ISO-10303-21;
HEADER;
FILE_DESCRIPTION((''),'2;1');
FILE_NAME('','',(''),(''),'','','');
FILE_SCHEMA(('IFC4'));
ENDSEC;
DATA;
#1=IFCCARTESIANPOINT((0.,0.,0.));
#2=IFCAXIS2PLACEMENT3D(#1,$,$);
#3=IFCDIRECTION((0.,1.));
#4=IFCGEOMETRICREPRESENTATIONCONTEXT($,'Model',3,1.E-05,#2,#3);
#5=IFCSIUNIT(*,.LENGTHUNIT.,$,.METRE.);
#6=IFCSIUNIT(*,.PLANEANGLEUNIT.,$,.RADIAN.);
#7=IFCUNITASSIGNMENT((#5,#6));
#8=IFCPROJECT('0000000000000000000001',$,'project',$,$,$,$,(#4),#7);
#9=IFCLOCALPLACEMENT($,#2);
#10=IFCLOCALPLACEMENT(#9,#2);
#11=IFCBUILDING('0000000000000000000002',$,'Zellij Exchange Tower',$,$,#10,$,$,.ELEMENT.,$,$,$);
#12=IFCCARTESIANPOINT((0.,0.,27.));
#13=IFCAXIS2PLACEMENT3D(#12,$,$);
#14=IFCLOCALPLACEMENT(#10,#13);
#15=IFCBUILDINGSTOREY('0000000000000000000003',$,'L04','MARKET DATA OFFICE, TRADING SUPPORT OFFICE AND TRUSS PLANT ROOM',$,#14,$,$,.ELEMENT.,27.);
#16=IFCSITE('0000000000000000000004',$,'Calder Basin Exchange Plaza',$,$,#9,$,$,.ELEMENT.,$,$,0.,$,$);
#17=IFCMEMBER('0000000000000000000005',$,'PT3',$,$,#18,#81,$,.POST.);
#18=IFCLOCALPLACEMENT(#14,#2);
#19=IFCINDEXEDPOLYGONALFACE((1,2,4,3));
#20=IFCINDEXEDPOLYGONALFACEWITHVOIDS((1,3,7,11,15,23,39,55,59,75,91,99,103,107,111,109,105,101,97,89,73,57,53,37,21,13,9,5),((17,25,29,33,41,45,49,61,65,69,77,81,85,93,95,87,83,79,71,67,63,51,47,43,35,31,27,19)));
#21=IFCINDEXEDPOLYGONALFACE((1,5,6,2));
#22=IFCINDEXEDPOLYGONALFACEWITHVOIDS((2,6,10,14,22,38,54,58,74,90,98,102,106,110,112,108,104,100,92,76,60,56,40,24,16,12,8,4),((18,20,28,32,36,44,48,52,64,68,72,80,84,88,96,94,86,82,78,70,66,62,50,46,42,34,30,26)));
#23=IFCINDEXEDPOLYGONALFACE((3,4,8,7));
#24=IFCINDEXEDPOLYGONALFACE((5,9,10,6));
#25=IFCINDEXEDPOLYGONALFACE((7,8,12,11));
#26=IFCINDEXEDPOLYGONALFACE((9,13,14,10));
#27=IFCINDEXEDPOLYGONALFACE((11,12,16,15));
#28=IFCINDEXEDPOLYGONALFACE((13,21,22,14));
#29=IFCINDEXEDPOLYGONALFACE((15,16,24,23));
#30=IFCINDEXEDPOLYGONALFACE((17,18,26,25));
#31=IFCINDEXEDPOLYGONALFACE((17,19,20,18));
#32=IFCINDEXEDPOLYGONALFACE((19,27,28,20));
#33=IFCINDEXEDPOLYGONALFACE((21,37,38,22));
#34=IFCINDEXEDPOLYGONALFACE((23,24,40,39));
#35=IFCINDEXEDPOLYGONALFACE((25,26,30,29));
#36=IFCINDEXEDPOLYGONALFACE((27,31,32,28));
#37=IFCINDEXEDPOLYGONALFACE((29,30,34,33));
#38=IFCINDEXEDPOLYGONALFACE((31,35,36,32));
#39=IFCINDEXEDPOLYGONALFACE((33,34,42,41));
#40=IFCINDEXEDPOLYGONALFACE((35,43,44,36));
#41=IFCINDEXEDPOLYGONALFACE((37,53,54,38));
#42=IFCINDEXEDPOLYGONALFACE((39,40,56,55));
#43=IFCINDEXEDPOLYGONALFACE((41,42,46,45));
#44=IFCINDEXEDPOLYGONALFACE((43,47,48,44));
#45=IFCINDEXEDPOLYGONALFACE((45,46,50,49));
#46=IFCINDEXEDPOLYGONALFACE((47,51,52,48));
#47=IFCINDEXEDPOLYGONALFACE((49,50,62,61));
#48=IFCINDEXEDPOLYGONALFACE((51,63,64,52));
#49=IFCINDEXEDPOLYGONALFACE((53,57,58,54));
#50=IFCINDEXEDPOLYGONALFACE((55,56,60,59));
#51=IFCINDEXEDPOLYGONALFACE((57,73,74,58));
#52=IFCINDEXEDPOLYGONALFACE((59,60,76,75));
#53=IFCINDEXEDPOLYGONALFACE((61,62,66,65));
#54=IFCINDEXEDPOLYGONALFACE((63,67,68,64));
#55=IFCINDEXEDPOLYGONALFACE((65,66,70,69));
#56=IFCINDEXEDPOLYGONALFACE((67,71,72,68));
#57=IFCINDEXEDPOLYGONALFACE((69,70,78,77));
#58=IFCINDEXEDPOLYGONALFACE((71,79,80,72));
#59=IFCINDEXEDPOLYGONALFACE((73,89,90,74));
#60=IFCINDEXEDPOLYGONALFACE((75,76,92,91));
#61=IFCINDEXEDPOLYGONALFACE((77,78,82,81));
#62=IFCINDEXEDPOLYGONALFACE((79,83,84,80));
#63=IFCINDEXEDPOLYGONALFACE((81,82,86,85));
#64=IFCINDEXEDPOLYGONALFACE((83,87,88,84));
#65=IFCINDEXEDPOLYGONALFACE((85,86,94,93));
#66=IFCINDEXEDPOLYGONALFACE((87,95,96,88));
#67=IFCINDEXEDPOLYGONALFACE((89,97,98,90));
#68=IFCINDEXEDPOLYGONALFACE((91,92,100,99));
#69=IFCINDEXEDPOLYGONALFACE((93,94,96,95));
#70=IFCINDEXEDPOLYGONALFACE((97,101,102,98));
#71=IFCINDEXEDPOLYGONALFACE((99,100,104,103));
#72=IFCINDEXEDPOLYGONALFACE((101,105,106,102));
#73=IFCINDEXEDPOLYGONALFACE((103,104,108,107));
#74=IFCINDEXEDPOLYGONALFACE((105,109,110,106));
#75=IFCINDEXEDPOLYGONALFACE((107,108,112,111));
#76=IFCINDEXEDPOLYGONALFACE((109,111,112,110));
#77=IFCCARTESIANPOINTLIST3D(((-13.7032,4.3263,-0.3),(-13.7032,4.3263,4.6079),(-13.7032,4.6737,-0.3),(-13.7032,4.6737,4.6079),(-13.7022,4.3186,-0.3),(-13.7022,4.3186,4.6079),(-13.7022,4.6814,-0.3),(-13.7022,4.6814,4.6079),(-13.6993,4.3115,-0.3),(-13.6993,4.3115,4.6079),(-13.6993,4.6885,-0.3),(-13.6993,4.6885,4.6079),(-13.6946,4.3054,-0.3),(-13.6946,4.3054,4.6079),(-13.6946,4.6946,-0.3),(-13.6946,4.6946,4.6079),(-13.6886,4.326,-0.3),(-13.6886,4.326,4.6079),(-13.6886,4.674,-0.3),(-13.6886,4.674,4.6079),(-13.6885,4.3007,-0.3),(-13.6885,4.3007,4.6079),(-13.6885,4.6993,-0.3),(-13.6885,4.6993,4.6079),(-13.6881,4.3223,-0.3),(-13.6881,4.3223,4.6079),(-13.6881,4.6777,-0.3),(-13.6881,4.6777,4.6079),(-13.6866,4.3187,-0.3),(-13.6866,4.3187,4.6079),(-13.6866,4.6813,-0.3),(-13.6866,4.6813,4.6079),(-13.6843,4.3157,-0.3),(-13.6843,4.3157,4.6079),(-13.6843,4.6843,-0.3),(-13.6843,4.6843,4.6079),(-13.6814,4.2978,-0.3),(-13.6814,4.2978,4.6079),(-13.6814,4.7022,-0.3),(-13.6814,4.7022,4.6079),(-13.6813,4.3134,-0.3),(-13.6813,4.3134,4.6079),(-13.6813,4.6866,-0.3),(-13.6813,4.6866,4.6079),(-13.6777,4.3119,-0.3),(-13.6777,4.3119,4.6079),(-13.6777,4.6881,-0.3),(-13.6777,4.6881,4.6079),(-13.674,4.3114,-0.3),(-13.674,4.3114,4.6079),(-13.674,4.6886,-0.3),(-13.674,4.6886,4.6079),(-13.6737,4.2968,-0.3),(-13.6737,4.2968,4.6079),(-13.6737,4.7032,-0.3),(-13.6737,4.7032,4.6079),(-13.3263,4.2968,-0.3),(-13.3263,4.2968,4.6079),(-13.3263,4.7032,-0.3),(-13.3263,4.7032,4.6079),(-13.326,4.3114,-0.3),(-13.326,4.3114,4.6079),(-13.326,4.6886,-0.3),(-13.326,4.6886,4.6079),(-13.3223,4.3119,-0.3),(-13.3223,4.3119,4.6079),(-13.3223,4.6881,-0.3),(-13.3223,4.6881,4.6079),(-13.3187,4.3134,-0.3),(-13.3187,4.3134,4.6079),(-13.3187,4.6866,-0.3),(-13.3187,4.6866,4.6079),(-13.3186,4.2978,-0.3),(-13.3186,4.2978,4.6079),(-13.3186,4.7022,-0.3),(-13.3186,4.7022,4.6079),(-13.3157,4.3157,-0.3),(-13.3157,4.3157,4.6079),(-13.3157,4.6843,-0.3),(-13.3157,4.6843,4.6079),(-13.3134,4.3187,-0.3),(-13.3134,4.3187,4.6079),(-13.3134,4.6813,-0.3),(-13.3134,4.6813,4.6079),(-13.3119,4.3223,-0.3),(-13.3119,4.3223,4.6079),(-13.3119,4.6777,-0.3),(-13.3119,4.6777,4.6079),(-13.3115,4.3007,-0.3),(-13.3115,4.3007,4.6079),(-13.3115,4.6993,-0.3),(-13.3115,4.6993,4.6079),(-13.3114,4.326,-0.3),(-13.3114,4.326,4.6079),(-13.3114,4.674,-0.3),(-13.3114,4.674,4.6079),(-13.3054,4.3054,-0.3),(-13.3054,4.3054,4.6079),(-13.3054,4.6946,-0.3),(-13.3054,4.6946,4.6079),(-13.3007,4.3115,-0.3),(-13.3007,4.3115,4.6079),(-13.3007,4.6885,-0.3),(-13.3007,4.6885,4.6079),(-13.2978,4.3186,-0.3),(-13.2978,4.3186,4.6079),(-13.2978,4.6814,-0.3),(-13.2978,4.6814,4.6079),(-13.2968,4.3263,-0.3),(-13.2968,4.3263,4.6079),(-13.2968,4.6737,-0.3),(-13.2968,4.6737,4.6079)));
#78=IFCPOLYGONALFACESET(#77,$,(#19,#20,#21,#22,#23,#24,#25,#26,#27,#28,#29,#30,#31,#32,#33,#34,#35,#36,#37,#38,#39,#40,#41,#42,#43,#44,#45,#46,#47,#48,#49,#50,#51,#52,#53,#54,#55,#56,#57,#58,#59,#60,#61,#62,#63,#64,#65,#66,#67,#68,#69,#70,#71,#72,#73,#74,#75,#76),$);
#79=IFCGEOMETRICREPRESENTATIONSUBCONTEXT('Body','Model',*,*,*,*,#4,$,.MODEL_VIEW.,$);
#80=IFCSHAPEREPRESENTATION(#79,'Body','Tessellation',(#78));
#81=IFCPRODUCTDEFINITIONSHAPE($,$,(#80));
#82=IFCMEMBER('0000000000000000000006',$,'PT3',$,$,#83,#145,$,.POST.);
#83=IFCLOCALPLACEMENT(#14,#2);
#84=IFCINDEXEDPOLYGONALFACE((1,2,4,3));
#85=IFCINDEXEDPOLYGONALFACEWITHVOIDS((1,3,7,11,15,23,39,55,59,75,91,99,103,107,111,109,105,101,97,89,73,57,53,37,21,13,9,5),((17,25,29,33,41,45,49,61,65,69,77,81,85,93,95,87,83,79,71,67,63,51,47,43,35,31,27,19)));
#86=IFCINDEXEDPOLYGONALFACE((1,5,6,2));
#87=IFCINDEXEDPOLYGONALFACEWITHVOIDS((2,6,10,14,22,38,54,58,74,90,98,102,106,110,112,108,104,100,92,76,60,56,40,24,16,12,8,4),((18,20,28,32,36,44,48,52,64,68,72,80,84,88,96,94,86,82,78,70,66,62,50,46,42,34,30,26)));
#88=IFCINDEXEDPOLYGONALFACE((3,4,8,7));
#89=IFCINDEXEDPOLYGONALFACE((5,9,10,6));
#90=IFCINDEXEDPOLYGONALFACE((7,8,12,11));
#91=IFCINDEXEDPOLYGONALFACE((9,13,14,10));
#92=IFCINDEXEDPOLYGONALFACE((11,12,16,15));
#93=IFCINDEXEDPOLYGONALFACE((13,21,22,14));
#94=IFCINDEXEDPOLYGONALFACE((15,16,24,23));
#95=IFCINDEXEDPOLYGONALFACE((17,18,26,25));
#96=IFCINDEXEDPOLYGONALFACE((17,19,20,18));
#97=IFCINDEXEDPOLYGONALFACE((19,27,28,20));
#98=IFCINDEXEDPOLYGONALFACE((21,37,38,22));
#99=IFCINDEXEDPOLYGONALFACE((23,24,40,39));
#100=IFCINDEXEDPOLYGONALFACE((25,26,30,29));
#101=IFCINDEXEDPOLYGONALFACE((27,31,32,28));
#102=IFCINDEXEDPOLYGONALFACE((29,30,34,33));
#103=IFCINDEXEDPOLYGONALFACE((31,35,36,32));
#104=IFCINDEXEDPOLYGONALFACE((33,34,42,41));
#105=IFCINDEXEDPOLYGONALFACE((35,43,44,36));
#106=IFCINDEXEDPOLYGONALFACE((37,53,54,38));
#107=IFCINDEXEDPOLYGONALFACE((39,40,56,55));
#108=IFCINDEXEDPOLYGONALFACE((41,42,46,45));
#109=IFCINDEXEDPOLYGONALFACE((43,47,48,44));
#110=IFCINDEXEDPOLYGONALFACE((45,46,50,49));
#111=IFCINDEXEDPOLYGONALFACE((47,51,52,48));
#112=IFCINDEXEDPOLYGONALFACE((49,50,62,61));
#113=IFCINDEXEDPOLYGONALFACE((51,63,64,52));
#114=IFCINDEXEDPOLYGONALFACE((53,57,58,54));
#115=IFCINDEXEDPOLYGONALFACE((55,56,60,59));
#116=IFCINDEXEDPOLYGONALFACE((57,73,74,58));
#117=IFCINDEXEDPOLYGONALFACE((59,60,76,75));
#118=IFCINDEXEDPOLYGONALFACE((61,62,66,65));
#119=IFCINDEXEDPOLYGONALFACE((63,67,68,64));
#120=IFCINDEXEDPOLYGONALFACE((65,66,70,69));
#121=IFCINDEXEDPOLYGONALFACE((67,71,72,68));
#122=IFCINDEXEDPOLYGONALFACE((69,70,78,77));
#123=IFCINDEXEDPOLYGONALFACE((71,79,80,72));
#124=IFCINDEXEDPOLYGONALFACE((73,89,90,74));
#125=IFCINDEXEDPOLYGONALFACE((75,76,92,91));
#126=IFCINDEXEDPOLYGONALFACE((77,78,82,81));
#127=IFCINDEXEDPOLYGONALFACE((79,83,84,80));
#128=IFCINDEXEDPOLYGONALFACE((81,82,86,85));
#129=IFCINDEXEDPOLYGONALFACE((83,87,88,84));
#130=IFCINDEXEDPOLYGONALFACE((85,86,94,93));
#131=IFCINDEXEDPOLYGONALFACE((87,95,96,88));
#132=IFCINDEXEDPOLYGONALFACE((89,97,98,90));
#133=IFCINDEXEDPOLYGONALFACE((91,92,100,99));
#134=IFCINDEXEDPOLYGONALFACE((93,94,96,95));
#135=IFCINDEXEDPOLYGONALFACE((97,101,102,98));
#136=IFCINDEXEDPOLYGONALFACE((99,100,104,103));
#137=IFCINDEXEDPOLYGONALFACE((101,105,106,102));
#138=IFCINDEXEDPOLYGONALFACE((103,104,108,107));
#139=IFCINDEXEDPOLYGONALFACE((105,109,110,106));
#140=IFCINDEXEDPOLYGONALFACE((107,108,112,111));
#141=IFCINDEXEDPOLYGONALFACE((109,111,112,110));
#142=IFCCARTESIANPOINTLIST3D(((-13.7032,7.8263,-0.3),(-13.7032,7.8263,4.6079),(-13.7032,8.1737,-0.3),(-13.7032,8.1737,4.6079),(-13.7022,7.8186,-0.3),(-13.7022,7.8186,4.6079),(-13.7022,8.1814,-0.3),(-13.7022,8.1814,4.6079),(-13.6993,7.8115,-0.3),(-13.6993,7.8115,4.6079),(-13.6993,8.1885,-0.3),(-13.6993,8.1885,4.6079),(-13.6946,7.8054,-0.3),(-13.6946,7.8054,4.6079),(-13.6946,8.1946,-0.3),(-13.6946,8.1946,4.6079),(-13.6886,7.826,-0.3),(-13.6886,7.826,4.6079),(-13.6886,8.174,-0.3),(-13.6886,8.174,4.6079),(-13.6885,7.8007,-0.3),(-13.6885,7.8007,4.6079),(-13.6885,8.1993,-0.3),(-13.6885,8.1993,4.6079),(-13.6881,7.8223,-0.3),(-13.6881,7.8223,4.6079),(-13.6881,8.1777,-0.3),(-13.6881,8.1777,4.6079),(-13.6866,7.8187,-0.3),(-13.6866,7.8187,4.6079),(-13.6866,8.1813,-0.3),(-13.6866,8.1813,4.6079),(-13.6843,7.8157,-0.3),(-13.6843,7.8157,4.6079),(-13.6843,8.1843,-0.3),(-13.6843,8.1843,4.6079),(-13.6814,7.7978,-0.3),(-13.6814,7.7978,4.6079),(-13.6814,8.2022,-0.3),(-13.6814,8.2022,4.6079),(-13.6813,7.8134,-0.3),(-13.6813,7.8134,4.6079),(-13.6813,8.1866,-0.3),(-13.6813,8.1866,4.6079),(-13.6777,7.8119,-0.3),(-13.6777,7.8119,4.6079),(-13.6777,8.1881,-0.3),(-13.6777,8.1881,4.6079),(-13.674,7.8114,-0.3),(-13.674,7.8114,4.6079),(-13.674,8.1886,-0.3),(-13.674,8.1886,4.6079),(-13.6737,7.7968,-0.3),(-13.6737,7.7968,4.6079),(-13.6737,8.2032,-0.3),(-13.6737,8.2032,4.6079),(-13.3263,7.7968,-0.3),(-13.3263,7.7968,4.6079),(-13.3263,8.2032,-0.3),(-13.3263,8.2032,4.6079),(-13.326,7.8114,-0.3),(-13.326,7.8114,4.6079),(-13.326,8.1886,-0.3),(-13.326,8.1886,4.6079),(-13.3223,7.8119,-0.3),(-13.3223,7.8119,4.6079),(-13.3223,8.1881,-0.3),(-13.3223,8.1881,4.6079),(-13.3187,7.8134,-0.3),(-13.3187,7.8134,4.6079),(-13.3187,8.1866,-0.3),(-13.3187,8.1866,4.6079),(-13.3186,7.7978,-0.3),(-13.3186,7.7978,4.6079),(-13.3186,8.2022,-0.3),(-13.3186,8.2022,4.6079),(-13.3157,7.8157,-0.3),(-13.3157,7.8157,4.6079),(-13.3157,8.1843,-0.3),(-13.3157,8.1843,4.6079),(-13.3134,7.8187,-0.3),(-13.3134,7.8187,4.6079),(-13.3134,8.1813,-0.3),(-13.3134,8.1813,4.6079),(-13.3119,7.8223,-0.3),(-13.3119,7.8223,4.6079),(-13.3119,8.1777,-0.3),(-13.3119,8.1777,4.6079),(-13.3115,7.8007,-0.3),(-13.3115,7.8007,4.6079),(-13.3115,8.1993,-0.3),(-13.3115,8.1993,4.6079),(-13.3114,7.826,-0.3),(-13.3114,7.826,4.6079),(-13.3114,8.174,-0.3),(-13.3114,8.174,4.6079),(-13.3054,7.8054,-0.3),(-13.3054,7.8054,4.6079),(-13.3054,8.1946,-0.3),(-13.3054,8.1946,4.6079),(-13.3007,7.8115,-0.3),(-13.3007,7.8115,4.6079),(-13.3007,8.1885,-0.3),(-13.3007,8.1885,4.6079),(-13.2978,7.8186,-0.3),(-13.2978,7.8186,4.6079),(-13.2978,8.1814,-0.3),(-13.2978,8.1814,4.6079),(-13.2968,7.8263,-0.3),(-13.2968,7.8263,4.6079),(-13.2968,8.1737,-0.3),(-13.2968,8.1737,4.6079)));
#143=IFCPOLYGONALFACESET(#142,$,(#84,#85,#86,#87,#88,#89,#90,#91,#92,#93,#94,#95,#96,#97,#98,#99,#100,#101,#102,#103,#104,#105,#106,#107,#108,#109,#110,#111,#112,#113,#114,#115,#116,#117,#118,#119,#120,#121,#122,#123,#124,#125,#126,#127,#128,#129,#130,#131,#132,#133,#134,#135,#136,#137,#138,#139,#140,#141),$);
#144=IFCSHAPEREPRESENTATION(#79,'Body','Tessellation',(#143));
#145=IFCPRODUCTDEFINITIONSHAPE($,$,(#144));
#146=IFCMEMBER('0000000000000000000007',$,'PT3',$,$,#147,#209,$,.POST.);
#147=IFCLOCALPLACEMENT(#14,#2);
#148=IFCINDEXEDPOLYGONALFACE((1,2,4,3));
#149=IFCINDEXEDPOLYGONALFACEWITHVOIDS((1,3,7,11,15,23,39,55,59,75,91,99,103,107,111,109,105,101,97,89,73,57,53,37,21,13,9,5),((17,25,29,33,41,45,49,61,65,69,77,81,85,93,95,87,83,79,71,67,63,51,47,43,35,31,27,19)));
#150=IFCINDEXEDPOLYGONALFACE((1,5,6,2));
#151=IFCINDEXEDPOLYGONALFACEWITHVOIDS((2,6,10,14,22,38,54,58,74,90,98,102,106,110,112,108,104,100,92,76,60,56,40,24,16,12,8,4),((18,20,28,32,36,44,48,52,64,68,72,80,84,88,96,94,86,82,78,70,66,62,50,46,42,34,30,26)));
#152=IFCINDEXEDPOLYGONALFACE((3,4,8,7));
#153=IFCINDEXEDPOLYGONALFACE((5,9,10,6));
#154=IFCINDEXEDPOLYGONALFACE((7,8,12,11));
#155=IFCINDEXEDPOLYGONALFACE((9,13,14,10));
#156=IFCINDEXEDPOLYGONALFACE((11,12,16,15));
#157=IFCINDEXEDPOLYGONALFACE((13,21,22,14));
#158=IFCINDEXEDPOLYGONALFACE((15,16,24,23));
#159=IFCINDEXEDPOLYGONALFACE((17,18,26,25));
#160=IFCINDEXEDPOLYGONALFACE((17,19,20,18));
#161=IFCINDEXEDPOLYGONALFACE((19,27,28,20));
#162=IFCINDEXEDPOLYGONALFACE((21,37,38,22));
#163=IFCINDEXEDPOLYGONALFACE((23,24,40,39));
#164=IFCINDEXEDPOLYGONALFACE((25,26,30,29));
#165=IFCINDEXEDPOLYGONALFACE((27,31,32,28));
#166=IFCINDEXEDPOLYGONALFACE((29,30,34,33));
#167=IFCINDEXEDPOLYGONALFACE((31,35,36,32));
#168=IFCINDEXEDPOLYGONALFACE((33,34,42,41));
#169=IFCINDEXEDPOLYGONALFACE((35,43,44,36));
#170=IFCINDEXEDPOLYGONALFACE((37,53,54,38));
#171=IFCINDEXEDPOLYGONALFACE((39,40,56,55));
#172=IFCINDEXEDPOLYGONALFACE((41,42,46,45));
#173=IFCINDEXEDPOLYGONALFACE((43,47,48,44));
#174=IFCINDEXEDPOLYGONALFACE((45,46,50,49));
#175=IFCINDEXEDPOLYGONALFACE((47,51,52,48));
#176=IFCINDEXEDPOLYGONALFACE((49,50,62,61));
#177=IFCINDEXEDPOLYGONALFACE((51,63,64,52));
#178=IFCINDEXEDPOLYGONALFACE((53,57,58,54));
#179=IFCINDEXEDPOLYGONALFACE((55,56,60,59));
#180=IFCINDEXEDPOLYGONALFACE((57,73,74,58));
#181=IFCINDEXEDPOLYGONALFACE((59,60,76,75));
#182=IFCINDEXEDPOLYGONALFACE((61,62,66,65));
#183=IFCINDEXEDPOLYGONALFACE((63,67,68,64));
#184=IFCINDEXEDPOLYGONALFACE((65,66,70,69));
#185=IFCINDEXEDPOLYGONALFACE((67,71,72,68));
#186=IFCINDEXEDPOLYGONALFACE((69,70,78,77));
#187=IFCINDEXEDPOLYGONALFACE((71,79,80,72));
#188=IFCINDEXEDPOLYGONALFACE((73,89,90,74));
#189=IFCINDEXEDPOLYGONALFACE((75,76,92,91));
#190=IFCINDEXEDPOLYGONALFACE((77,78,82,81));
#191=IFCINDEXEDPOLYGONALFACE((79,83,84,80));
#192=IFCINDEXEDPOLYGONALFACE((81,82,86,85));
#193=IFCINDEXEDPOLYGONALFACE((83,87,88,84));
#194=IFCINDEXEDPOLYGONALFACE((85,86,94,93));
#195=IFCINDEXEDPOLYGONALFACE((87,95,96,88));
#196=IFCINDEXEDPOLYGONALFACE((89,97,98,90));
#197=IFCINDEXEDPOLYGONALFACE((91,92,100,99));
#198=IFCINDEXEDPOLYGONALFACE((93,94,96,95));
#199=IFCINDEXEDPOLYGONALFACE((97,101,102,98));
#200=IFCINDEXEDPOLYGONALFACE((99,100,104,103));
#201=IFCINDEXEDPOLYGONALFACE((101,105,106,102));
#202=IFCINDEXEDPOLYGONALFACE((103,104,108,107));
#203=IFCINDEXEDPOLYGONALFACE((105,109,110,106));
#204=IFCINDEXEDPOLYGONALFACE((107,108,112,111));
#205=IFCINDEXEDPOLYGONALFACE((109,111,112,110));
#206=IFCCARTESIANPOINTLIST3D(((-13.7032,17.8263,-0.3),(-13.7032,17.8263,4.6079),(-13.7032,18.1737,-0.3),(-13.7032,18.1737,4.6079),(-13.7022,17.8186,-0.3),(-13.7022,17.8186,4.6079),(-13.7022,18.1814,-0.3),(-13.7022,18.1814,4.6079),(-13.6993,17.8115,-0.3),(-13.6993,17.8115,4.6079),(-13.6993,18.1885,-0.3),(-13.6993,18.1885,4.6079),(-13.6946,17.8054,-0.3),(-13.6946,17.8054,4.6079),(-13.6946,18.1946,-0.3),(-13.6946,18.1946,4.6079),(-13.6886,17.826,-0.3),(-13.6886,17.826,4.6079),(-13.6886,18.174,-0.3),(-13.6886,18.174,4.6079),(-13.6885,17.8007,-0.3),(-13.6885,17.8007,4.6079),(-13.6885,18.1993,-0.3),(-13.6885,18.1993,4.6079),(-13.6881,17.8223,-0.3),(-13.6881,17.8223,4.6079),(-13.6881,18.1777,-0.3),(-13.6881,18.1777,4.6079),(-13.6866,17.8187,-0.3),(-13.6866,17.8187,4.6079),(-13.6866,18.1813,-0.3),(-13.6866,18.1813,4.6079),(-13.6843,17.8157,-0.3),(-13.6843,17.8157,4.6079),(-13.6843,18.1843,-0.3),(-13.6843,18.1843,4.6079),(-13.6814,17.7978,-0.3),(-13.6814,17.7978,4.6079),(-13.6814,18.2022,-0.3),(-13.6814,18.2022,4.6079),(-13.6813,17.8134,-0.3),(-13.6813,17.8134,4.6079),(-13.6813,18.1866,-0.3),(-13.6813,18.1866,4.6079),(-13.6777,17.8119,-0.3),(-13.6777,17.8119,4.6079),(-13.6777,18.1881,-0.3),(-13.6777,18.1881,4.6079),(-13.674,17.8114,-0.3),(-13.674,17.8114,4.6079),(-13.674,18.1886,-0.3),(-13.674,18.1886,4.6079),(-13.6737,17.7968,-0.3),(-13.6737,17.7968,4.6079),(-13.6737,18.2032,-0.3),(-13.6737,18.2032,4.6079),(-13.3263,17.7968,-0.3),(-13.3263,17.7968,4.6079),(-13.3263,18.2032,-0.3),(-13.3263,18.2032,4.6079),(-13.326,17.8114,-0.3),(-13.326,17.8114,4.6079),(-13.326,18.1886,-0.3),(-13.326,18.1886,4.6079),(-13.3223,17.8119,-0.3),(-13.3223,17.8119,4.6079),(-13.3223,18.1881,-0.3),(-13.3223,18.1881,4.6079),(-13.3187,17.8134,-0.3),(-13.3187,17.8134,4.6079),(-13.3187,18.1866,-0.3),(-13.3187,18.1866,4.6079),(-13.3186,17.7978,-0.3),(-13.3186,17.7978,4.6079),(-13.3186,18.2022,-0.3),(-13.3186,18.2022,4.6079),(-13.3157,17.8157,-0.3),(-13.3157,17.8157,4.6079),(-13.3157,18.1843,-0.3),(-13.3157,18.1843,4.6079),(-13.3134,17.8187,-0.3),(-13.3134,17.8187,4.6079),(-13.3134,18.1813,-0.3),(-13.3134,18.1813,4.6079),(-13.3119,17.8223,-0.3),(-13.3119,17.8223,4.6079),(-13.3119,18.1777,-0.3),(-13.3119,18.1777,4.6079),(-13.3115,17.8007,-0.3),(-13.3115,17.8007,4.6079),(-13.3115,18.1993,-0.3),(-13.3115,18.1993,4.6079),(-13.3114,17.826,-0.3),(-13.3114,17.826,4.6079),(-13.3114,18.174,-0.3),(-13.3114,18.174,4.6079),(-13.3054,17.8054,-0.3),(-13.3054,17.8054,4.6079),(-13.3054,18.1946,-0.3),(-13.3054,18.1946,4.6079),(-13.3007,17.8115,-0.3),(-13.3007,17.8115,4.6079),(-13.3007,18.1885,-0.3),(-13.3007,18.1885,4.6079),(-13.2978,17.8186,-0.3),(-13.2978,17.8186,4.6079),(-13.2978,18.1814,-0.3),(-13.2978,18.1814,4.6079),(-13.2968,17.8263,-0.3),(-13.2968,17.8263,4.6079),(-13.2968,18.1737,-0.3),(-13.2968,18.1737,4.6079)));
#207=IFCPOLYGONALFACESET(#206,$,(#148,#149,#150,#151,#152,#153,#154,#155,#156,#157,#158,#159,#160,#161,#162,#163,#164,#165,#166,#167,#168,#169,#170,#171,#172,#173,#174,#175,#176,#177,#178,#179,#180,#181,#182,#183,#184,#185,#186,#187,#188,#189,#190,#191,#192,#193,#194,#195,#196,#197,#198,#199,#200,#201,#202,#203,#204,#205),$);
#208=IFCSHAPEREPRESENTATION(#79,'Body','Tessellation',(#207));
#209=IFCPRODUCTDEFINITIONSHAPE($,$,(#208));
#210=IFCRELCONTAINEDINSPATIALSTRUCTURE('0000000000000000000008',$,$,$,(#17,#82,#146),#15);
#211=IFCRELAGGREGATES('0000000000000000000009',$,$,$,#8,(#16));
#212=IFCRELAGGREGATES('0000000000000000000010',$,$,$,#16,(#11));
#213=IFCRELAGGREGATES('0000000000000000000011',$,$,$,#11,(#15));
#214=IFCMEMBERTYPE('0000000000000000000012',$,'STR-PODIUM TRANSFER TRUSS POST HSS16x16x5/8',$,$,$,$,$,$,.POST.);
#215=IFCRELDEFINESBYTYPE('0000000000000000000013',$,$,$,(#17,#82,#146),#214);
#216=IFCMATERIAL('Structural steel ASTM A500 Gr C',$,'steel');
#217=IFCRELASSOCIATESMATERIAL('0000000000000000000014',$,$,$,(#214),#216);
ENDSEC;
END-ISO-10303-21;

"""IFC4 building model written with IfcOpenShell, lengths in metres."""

from ifc_helpers import new_model, si_unit, direction, frame, origin, origin_2d, place, context, subcontext, project, spatial, hollow_rectangle, extrude, material, material_profile, profile_set, type_object, element, save


model = new_model("IFC4")

# Units and contexts
model_context = context("Model", 3, precision=1e-05, world=origin(), true_north=direction((0.0, 1.0)))
body_context = subcontext(model_context, "Body", "Model", "MODEL_VIEW")
ifc_project = project(units=[si_unit("LENGTHUNIT", "METRE"), si_unit("PLANEANGLEUNIT", "RADIAN")], contexts=[model_context])

# Site, building, storey
site_placement = place(None, origin())
site = spatial("IfcSite", under=ifc_project, at=site_placement, Name="Calder Basin Exchange Plaza", CompositionType="ELEMENT", RefElevation=0.0)
building_placement = place(site_placement, origin())
building = spatial("IfcBuilding", under=site, at=building_placement, Name="Zellij Exchange Tower", CompositionType="ELEMENT")
storey_placement = place(building_placement, frame((0.0, 0.0, 27.0)))
storey = spatial("IfcBuildingStorey", under=building, at=storey_placement, Name="L04", Description="MARKET DATA OFFICE, TRADING SUPPORT OFFICE AND TRUSS PLANT ROOM", CompositionType="ELEMENT", Elevation=27.0)

# Members
ifc_material_1 = material(Name="Structural steel ASTM A500 Gr C", Category="steel")
ifc_material_profile_1 = material_profile(ifc_material_1, hollow_rectangle(XDim=0.4065, YDim=0.4065, WallThickness=0.0146, InnerFilletRadius=0.0146, OuterFilletRadius=0.0295, at=origin_2d()), Name="STR-PODIUM TRANSFER TRUSS POST HSS16x16x5/8")
ifc_profile_set_1 = profile_set([ifc_material_profile_1], Name="Structural steel ASTM A500 Gr C")
member_type_1 = type_object("IfcMemberType", Name="STR-PODIUM TRANSFER TRUSS POST HSS16x16x5/8", PredefinedType="POST", material=ifc_profile_set_1)
for number, where, z_axis, x_axis, name in (
    (1, (-13.5, 4.5, -0.3), (0.0, 0.0, 1.0), (1.0, 0.0, 0.0), "PT3"),
    (2, (-13.5, 8.0, -0.3), (0.0, 0.0, 1.0), (1.0, 0.0, 0.0), "PT3"),
    (3, (-13.5, 18.0, -0.3), (0.0, 0.0, 1.0), (1.0, 0.0, 0.0), "PT3"),
):
    element("IfcMember", number, at=place(storey_placement, frame(where, z_axis=z_axis, x_axis=x_axis)), inside=storey, type_object=member_type_1, Name=name, PredefinedType="POST", context=body_context, shape_type="SweptSolid", body=[
        extrude(hollow_rectangle(XDim=0.4065, YDim=0.4065, WallThickness=0.0146, InnerFilletRadius=0.0146, OuterFilletRadius=0.0295, at=origin_2d()), origin(), (0.0, 0.0, 1.0), 4.908),
    ])

save(model, "model.ifc")
